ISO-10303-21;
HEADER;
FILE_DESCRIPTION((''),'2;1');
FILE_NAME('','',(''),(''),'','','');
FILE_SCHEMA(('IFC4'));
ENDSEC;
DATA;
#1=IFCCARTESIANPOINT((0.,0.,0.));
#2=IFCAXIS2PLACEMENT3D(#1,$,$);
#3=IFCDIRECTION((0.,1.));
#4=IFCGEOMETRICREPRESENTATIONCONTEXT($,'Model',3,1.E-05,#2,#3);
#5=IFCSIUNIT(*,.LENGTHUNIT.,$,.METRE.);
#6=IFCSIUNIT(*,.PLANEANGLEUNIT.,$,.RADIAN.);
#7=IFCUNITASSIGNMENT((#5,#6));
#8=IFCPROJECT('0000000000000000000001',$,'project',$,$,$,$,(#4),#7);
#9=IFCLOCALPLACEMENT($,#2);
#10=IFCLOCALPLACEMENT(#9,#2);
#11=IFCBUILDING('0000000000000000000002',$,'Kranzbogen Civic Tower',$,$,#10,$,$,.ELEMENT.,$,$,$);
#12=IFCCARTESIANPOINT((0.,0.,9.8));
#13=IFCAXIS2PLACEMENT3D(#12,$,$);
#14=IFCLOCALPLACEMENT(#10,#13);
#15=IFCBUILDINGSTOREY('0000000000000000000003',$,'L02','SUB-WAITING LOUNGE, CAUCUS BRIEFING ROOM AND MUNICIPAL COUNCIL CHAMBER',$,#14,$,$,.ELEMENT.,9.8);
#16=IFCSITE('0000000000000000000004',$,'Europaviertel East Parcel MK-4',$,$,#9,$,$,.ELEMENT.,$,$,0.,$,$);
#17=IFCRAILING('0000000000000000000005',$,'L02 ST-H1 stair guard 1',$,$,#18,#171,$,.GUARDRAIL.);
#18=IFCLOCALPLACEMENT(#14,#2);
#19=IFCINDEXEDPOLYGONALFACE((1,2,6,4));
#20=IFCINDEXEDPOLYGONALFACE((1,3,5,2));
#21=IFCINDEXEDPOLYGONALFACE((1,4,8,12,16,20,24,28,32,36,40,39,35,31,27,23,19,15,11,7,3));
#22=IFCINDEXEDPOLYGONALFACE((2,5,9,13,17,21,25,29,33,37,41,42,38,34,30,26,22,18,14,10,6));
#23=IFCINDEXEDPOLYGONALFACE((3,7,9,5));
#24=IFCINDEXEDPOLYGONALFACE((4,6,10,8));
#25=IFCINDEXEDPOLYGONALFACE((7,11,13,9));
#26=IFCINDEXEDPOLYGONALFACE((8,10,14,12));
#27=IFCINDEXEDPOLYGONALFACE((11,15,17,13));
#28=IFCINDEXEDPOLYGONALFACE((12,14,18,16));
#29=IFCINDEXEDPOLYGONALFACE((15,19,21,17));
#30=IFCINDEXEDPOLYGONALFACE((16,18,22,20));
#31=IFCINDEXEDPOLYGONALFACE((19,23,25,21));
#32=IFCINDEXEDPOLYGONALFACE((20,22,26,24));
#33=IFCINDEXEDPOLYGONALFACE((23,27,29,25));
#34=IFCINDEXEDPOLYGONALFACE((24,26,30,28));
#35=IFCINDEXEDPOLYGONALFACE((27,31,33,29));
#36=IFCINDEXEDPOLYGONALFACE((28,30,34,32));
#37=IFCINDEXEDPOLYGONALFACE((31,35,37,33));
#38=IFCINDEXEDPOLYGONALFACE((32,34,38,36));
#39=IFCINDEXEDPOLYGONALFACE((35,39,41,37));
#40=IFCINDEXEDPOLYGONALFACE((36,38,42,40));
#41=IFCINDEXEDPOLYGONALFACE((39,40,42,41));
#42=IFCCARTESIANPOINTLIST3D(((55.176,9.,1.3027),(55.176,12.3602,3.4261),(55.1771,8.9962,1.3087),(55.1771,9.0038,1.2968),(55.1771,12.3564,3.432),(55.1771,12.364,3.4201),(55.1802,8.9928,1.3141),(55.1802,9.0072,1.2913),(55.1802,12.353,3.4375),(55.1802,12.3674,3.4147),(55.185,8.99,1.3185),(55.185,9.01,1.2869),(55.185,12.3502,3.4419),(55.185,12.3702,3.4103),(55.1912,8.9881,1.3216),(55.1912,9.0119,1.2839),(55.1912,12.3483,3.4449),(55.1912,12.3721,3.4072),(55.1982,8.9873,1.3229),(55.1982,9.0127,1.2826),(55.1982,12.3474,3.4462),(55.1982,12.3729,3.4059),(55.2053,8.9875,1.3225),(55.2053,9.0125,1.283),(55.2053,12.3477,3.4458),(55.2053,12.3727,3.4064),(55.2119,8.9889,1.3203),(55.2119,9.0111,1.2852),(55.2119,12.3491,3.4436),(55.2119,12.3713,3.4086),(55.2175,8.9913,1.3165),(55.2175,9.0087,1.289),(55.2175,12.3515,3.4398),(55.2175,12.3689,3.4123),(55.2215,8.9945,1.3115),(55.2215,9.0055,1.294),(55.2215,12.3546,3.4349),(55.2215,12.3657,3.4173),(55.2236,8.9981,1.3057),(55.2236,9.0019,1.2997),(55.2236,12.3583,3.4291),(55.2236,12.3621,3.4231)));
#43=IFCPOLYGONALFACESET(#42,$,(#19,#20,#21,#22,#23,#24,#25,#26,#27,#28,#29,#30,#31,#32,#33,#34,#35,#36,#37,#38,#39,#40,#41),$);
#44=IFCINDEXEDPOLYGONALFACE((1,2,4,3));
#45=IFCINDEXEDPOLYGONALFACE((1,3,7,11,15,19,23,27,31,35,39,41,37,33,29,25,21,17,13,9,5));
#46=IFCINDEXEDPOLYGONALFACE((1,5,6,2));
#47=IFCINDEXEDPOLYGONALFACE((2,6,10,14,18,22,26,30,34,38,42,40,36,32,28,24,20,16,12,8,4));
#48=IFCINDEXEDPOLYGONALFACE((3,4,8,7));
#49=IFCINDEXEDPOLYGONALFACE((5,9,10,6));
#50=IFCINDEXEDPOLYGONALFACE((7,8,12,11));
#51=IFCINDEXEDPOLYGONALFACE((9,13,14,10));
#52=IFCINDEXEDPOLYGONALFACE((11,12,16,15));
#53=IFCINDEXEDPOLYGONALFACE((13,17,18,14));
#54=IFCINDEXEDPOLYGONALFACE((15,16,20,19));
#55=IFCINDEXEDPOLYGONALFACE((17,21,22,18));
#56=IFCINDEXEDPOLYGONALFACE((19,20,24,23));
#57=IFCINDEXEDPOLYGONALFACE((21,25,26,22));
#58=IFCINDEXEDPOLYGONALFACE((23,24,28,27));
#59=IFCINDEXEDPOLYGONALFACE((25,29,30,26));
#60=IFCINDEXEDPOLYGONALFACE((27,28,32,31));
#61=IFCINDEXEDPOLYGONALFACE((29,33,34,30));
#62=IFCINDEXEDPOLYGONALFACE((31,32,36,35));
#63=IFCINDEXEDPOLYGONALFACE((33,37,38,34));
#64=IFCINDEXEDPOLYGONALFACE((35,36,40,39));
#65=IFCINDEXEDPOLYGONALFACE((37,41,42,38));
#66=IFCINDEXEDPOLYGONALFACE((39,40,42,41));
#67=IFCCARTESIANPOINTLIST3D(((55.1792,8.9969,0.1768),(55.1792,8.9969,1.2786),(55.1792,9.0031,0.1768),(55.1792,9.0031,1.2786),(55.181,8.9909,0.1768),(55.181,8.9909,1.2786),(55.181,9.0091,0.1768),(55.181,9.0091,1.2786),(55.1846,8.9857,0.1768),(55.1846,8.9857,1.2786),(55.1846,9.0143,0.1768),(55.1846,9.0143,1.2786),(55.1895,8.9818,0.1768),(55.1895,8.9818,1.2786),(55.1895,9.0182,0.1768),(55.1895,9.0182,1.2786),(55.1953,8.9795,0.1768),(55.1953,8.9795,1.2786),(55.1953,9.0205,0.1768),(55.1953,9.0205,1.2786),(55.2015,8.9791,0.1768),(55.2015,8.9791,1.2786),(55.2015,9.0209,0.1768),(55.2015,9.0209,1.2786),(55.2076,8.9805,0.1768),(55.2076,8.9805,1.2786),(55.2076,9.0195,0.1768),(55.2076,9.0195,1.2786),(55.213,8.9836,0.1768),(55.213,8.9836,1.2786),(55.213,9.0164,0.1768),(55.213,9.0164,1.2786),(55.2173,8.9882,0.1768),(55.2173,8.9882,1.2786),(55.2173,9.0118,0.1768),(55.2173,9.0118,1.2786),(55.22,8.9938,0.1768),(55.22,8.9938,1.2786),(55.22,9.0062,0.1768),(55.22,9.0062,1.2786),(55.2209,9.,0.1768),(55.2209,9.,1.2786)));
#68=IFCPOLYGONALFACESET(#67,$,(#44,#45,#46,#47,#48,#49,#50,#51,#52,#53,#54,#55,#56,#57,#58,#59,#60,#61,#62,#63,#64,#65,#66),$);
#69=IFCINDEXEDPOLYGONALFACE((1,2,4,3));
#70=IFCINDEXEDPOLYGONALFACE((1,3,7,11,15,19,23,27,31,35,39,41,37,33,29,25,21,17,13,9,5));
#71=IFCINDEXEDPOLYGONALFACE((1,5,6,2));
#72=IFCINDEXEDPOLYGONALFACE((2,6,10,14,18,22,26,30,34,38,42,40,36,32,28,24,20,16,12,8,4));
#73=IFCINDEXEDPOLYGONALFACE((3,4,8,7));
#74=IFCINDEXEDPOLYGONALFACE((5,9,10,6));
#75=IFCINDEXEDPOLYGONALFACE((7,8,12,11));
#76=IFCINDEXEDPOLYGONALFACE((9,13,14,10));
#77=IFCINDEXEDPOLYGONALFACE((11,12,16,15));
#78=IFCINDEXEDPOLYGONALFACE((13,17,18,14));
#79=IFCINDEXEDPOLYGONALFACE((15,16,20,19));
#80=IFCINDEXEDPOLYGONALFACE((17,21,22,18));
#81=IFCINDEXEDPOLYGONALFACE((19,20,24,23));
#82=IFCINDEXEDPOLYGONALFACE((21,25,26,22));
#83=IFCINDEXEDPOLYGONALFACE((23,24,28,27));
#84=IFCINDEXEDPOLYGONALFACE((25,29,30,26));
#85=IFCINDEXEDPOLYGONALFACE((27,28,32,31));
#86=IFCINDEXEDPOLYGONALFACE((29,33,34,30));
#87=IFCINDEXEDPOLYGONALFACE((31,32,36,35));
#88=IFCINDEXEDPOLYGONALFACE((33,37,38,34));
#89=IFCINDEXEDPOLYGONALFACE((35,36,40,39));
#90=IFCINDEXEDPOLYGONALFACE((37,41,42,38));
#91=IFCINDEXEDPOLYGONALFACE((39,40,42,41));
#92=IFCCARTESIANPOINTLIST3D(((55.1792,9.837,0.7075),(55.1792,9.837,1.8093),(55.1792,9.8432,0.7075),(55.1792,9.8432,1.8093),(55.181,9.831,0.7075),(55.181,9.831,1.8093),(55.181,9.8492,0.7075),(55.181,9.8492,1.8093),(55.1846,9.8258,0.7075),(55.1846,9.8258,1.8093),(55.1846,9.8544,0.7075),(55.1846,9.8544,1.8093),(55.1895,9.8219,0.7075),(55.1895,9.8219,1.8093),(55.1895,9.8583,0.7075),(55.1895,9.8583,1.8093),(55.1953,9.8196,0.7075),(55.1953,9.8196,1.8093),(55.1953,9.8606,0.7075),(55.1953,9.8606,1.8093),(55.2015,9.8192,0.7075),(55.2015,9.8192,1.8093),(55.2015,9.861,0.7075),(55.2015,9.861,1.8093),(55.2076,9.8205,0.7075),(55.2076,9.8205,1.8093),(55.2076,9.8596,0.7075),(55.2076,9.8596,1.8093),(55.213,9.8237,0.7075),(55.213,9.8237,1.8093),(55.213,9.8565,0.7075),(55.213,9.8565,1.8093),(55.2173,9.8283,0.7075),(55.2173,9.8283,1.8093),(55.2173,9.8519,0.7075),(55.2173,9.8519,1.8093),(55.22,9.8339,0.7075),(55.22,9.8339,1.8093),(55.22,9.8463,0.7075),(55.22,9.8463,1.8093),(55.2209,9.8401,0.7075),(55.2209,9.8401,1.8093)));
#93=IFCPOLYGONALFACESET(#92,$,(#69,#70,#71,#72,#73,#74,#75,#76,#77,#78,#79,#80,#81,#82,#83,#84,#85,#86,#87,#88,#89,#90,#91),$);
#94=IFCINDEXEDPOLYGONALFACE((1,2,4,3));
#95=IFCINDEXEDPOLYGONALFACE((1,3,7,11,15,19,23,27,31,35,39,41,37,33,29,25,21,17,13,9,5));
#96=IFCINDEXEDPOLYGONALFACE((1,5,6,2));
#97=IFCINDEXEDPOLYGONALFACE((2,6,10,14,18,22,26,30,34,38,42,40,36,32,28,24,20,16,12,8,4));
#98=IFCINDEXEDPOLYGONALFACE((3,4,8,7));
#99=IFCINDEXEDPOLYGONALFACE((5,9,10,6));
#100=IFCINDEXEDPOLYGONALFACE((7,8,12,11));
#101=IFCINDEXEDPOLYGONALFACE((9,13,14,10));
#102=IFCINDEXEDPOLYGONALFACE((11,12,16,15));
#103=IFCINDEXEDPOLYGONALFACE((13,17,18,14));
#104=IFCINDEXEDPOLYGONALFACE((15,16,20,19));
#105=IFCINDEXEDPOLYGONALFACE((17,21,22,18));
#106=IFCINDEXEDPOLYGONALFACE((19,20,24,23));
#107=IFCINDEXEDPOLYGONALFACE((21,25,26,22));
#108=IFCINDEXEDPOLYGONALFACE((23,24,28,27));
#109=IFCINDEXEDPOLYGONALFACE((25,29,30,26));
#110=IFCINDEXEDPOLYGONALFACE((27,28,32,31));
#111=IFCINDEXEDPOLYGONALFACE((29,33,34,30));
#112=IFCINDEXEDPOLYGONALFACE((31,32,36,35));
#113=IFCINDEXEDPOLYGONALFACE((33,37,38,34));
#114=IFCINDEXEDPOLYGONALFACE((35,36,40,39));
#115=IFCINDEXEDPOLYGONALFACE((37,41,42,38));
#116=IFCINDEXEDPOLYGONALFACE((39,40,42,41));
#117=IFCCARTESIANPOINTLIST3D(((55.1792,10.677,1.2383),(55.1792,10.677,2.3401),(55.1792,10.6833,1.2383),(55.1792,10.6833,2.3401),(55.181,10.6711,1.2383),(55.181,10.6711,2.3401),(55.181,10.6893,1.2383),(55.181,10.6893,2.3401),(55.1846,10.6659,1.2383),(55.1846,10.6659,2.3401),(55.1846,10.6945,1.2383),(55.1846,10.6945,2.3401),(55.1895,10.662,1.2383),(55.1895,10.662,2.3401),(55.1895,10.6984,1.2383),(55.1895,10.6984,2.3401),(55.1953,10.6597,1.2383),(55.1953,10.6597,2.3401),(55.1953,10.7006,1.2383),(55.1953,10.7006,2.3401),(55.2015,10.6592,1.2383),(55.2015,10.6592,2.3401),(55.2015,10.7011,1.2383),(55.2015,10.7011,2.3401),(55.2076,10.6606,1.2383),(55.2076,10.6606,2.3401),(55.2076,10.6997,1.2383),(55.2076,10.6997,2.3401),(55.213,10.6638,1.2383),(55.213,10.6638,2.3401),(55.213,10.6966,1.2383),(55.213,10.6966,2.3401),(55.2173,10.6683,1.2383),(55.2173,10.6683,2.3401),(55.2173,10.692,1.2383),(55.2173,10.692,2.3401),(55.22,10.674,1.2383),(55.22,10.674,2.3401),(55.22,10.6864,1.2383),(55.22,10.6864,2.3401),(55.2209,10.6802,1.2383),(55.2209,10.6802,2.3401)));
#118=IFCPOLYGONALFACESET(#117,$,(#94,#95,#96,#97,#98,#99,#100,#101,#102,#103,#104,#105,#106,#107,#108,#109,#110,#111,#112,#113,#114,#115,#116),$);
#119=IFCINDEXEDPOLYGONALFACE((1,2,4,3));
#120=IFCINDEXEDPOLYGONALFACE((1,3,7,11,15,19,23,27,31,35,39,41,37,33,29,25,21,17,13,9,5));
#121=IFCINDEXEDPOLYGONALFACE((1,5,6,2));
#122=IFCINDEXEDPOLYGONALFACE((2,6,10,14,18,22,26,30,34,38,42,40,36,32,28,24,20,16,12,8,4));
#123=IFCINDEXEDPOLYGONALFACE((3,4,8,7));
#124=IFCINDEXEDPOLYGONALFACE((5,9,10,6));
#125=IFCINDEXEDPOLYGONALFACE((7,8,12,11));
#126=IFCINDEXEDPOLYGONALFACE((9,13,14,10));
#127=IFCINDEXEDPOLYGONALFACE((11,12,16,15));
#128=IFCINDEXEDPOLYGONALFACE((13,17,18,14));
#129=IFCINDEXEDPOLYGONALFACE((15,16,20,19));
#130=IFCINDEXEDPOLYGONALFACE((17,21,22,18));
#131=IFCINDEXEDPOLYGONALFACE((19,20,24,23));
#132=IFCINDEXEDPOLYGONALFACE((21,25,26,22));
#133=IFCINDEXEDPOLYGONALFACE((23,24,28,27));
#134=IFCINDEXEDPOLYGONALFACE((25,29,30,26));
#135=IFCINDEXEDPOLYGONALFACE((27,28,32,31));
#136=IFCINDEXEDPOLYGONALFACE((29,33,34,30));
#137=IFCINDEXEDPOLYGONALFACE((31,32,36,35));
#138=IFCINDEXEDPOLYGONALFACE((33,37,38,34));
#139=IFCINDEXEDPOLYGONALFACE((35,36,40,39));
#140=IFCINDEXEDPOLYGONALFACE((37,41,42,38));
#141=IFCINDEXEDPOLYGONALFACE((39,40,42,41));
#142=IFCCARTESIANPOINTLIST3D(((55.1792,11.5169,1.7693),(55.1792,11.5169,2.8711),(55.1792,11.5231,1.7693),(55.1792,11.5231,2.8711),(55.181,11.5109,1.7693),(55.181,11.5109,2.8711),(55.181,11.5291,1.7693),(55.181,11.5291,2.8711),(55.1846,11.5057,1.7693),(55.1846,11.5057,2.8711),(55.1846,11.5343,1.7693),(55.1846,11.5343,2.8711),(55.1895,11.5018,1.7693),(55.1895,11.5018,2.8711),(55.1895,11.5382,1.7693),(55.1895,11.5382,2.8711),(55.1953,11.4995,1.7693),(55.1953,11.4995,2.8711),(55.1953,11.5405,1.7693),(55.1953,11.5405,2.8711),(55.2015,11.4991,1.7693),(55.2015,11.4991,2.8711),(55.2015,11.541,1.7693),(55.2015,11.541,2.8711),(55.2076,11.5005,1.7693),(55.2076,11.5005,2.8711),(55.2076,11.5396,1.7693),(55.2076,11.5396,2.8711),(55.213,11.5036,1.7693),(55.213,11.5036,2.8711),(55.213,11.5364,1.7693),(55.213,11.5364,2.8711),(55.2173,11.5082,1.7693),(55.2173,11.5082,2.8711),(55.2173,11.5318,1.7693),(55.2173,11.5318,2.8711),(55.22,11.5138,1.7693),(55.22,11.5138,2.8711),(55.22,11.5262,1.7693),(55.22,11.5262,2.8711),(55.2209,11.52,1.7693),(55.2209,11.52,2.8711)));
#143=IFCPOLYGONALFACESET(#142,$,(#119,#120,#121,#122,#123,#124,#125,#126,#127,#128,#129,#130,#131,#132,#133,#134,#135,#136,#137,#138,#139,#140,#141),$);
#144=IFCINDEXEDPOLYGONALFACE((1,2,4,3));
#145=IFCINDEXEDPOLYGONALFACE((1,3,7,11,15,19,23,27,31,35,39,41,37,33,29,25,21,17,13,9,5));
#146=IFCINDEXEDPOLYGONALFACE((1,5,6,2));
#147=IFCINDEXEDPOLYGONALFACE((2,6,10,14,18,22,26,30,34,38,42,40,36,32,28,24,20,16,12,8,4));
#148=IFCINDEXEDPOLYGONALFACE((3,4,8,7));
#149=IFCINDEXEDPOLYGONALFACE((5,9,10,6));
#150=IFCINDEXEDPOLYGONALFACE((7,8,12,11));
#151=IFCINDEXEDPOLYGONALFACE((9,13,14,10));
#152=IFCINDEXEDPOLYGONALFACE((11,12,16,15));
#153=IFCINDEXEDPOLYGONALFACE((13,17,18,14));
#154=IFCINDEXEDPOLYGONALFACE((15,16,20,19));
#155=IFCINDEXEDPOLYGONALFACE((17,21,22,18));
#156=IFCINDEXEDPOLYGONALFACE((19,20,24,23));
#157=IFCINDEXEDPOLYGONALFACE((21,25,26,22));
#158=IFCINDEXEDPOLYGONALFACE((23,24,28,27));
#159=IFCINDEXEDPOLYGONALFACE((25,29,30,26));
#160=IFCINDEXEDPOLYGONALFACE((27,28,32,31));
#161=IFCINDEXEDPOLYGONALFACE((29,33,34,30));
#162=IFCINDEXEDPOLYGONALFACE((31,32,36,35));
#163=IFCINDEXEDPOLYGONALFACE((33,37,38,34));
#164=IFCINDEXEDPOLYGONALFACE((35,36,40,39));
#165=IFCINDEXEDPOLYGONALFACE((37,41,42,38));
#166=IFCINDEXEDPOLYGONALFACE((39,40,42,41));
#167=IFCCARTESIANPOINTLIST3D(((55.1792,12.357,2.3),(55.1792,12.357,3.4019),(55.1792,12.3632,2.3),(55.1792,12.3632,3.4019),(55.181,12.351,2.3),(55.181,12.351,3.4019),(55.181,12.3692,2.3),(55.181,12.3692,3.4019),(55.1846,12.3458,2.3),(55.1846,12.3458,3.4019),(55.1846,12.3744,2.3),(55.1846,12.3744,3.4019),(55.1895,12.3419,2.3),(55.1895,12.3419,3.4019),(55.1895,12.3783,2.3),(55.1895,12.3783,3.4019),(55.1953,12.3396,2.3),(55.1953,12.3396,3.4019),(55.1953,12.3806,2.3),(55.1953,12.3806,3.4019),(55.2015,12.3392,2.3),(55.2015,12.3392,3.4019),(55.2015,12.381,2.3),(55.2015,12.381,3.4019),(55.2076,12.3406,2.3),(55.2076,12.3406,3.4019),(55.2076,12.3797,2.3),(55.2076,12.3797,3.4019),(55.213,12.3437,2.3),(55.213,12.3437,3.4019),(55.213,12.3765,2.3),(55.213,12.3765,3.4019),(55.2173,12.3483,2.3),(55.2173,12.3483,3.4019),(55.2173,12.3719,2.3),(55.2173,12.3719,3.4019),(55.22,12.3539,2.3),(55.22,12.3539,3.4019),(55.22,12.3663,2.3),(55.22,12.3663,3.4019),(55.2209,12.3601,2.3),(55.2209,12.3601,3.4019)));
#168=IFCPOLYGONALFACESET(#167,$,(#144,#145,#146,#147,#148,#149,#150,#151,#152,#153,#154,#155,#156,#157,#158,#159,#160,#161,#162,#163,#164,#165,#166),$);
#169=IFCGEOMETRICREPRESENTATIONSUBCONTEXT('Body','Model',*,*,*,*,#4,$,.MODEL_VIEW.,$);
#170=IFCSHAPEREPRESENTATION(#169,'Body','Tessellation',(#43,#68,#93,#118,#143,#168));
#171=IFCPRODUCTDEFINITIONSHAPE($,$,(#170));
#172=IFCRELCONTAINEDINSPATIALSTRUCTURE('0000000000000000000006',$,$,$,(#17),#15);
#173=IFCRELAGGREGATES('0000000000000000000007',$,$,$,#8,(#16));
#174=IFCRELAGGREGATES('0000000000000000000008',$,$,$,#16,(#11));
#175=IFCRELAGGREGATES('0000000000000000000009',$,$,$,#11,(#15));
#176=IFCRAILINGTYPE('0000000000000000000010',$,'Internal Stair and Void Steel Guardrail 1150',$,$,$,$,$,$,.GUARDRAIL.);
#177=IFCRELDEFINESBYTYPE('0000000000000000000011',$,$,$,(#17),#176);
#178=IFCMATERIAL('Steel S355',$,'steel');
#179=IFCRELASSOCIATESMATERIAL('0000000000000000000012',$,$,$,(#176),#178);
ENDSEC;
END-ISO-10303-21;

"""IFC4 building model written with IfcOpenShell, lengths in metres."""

from ifc_helpers import new_model, si_unit, direction, frame, origin, origin_2d, place, context, subcontext, project, spatial, circle, extrude, material, type_object, element, save


model = new_model("IFC4")

# Units and contexts
model_context = context("Model", 3, precision=1e-05, world=origin(), true_north=direction((0.0, 1.0)))
body_context = subcontext(model_context, "Body", "Model", "MODEL_VIEW")
ifc_project = project(units=[si_unit("LENGTHUNIT", "METRE"), si_unit("PLANEANGLEUNIT", "RADIAN")], contexts=[model_context])

# Site, building, storey
site_placement = place(None, origin())
site = spatial("IfcSite", under=ifc_project, at=site_placement, Name="Europaviertel East Parcel MK-4", CompositionType="ELEMENT", RefElevation=0.0)
building_placement = place(site_placement, origin())
building = spatial("IfcBuilding", under=site, at=building_placement, Name="Kranzbogen Civic Tower", CompositionType="ELEMENT")
storey_placement = place(building_placement, frame((0.0, 0.0, 9.8)))
storey = spatial("IfcBuildingStorey", under=building, at=storey_placement, Name="L02", Description="SUB-WAITING LOUNGE, CAUCUS BRIEFING ROOM AND MUNICIPAL COUNCIL CHAMBER", CompositionType="ELEMENT", Elevation=9.8)

# Shared definitions
ifc_material_1 = material(Name="Steel S355", Category="steel")

# Railing
railing_type_1 = type_object("IfcRailingType", Name="Internal Stair and Void Steel Guardrail 1150", PredefinedType="GUARDRAIL", material=ifc_material_1)
railing_1_placement = place(storey_placement, frame((55.2, 9.0, 0.1768)))
element("IfcRailing", 1, at=railing_1_placement, inside=storey, type_object=railing_type_1, Name="L02 ST-H1 stair guard 1", PredefinedType="GUARDRAIL", context=body_context, shape_type="SweptSolid", body=[
    extrude(circle(Radius=0.0239, at=origin_2d()), frame((0.0, 0.0, 1.126), z_axis=(0.0, 0.845362, 0.534194), x_axis=(-1.0, 0.0, 0.0)), (0.0, 0.0, 1.0), 3.9749),
    extrude(circle(Radius=0.021, at=origin_2d()), origin(), (0.0, 0.0, 1.0), 1.1018),
    extrude(circle(Radius=0.021, at=origin_2d()), frame((0.0, 0.8401, 0.5308)), (0.0, 0.0, 1.0), 1.1018),
    extrude(circle(Radius=0.021, at=origin_2d()), frame((0.0, 1.6802, 1.0615)), (0.0, 0.0, 1.0), 1.1018),
    extrude(circle(Radius=0.021, at=origin_2d()), frame((0.0, 2.52, 1.5925)), (0.0, 0.0, 1.0), 1.1018),
    extrude(circle(Radius=0.021, at=origin_2d()), frame((0.0, 3.3601, 2.1233)), (0.0, 0.0, 1.0), 1.1018),
])

save(model, "model.ifc")
